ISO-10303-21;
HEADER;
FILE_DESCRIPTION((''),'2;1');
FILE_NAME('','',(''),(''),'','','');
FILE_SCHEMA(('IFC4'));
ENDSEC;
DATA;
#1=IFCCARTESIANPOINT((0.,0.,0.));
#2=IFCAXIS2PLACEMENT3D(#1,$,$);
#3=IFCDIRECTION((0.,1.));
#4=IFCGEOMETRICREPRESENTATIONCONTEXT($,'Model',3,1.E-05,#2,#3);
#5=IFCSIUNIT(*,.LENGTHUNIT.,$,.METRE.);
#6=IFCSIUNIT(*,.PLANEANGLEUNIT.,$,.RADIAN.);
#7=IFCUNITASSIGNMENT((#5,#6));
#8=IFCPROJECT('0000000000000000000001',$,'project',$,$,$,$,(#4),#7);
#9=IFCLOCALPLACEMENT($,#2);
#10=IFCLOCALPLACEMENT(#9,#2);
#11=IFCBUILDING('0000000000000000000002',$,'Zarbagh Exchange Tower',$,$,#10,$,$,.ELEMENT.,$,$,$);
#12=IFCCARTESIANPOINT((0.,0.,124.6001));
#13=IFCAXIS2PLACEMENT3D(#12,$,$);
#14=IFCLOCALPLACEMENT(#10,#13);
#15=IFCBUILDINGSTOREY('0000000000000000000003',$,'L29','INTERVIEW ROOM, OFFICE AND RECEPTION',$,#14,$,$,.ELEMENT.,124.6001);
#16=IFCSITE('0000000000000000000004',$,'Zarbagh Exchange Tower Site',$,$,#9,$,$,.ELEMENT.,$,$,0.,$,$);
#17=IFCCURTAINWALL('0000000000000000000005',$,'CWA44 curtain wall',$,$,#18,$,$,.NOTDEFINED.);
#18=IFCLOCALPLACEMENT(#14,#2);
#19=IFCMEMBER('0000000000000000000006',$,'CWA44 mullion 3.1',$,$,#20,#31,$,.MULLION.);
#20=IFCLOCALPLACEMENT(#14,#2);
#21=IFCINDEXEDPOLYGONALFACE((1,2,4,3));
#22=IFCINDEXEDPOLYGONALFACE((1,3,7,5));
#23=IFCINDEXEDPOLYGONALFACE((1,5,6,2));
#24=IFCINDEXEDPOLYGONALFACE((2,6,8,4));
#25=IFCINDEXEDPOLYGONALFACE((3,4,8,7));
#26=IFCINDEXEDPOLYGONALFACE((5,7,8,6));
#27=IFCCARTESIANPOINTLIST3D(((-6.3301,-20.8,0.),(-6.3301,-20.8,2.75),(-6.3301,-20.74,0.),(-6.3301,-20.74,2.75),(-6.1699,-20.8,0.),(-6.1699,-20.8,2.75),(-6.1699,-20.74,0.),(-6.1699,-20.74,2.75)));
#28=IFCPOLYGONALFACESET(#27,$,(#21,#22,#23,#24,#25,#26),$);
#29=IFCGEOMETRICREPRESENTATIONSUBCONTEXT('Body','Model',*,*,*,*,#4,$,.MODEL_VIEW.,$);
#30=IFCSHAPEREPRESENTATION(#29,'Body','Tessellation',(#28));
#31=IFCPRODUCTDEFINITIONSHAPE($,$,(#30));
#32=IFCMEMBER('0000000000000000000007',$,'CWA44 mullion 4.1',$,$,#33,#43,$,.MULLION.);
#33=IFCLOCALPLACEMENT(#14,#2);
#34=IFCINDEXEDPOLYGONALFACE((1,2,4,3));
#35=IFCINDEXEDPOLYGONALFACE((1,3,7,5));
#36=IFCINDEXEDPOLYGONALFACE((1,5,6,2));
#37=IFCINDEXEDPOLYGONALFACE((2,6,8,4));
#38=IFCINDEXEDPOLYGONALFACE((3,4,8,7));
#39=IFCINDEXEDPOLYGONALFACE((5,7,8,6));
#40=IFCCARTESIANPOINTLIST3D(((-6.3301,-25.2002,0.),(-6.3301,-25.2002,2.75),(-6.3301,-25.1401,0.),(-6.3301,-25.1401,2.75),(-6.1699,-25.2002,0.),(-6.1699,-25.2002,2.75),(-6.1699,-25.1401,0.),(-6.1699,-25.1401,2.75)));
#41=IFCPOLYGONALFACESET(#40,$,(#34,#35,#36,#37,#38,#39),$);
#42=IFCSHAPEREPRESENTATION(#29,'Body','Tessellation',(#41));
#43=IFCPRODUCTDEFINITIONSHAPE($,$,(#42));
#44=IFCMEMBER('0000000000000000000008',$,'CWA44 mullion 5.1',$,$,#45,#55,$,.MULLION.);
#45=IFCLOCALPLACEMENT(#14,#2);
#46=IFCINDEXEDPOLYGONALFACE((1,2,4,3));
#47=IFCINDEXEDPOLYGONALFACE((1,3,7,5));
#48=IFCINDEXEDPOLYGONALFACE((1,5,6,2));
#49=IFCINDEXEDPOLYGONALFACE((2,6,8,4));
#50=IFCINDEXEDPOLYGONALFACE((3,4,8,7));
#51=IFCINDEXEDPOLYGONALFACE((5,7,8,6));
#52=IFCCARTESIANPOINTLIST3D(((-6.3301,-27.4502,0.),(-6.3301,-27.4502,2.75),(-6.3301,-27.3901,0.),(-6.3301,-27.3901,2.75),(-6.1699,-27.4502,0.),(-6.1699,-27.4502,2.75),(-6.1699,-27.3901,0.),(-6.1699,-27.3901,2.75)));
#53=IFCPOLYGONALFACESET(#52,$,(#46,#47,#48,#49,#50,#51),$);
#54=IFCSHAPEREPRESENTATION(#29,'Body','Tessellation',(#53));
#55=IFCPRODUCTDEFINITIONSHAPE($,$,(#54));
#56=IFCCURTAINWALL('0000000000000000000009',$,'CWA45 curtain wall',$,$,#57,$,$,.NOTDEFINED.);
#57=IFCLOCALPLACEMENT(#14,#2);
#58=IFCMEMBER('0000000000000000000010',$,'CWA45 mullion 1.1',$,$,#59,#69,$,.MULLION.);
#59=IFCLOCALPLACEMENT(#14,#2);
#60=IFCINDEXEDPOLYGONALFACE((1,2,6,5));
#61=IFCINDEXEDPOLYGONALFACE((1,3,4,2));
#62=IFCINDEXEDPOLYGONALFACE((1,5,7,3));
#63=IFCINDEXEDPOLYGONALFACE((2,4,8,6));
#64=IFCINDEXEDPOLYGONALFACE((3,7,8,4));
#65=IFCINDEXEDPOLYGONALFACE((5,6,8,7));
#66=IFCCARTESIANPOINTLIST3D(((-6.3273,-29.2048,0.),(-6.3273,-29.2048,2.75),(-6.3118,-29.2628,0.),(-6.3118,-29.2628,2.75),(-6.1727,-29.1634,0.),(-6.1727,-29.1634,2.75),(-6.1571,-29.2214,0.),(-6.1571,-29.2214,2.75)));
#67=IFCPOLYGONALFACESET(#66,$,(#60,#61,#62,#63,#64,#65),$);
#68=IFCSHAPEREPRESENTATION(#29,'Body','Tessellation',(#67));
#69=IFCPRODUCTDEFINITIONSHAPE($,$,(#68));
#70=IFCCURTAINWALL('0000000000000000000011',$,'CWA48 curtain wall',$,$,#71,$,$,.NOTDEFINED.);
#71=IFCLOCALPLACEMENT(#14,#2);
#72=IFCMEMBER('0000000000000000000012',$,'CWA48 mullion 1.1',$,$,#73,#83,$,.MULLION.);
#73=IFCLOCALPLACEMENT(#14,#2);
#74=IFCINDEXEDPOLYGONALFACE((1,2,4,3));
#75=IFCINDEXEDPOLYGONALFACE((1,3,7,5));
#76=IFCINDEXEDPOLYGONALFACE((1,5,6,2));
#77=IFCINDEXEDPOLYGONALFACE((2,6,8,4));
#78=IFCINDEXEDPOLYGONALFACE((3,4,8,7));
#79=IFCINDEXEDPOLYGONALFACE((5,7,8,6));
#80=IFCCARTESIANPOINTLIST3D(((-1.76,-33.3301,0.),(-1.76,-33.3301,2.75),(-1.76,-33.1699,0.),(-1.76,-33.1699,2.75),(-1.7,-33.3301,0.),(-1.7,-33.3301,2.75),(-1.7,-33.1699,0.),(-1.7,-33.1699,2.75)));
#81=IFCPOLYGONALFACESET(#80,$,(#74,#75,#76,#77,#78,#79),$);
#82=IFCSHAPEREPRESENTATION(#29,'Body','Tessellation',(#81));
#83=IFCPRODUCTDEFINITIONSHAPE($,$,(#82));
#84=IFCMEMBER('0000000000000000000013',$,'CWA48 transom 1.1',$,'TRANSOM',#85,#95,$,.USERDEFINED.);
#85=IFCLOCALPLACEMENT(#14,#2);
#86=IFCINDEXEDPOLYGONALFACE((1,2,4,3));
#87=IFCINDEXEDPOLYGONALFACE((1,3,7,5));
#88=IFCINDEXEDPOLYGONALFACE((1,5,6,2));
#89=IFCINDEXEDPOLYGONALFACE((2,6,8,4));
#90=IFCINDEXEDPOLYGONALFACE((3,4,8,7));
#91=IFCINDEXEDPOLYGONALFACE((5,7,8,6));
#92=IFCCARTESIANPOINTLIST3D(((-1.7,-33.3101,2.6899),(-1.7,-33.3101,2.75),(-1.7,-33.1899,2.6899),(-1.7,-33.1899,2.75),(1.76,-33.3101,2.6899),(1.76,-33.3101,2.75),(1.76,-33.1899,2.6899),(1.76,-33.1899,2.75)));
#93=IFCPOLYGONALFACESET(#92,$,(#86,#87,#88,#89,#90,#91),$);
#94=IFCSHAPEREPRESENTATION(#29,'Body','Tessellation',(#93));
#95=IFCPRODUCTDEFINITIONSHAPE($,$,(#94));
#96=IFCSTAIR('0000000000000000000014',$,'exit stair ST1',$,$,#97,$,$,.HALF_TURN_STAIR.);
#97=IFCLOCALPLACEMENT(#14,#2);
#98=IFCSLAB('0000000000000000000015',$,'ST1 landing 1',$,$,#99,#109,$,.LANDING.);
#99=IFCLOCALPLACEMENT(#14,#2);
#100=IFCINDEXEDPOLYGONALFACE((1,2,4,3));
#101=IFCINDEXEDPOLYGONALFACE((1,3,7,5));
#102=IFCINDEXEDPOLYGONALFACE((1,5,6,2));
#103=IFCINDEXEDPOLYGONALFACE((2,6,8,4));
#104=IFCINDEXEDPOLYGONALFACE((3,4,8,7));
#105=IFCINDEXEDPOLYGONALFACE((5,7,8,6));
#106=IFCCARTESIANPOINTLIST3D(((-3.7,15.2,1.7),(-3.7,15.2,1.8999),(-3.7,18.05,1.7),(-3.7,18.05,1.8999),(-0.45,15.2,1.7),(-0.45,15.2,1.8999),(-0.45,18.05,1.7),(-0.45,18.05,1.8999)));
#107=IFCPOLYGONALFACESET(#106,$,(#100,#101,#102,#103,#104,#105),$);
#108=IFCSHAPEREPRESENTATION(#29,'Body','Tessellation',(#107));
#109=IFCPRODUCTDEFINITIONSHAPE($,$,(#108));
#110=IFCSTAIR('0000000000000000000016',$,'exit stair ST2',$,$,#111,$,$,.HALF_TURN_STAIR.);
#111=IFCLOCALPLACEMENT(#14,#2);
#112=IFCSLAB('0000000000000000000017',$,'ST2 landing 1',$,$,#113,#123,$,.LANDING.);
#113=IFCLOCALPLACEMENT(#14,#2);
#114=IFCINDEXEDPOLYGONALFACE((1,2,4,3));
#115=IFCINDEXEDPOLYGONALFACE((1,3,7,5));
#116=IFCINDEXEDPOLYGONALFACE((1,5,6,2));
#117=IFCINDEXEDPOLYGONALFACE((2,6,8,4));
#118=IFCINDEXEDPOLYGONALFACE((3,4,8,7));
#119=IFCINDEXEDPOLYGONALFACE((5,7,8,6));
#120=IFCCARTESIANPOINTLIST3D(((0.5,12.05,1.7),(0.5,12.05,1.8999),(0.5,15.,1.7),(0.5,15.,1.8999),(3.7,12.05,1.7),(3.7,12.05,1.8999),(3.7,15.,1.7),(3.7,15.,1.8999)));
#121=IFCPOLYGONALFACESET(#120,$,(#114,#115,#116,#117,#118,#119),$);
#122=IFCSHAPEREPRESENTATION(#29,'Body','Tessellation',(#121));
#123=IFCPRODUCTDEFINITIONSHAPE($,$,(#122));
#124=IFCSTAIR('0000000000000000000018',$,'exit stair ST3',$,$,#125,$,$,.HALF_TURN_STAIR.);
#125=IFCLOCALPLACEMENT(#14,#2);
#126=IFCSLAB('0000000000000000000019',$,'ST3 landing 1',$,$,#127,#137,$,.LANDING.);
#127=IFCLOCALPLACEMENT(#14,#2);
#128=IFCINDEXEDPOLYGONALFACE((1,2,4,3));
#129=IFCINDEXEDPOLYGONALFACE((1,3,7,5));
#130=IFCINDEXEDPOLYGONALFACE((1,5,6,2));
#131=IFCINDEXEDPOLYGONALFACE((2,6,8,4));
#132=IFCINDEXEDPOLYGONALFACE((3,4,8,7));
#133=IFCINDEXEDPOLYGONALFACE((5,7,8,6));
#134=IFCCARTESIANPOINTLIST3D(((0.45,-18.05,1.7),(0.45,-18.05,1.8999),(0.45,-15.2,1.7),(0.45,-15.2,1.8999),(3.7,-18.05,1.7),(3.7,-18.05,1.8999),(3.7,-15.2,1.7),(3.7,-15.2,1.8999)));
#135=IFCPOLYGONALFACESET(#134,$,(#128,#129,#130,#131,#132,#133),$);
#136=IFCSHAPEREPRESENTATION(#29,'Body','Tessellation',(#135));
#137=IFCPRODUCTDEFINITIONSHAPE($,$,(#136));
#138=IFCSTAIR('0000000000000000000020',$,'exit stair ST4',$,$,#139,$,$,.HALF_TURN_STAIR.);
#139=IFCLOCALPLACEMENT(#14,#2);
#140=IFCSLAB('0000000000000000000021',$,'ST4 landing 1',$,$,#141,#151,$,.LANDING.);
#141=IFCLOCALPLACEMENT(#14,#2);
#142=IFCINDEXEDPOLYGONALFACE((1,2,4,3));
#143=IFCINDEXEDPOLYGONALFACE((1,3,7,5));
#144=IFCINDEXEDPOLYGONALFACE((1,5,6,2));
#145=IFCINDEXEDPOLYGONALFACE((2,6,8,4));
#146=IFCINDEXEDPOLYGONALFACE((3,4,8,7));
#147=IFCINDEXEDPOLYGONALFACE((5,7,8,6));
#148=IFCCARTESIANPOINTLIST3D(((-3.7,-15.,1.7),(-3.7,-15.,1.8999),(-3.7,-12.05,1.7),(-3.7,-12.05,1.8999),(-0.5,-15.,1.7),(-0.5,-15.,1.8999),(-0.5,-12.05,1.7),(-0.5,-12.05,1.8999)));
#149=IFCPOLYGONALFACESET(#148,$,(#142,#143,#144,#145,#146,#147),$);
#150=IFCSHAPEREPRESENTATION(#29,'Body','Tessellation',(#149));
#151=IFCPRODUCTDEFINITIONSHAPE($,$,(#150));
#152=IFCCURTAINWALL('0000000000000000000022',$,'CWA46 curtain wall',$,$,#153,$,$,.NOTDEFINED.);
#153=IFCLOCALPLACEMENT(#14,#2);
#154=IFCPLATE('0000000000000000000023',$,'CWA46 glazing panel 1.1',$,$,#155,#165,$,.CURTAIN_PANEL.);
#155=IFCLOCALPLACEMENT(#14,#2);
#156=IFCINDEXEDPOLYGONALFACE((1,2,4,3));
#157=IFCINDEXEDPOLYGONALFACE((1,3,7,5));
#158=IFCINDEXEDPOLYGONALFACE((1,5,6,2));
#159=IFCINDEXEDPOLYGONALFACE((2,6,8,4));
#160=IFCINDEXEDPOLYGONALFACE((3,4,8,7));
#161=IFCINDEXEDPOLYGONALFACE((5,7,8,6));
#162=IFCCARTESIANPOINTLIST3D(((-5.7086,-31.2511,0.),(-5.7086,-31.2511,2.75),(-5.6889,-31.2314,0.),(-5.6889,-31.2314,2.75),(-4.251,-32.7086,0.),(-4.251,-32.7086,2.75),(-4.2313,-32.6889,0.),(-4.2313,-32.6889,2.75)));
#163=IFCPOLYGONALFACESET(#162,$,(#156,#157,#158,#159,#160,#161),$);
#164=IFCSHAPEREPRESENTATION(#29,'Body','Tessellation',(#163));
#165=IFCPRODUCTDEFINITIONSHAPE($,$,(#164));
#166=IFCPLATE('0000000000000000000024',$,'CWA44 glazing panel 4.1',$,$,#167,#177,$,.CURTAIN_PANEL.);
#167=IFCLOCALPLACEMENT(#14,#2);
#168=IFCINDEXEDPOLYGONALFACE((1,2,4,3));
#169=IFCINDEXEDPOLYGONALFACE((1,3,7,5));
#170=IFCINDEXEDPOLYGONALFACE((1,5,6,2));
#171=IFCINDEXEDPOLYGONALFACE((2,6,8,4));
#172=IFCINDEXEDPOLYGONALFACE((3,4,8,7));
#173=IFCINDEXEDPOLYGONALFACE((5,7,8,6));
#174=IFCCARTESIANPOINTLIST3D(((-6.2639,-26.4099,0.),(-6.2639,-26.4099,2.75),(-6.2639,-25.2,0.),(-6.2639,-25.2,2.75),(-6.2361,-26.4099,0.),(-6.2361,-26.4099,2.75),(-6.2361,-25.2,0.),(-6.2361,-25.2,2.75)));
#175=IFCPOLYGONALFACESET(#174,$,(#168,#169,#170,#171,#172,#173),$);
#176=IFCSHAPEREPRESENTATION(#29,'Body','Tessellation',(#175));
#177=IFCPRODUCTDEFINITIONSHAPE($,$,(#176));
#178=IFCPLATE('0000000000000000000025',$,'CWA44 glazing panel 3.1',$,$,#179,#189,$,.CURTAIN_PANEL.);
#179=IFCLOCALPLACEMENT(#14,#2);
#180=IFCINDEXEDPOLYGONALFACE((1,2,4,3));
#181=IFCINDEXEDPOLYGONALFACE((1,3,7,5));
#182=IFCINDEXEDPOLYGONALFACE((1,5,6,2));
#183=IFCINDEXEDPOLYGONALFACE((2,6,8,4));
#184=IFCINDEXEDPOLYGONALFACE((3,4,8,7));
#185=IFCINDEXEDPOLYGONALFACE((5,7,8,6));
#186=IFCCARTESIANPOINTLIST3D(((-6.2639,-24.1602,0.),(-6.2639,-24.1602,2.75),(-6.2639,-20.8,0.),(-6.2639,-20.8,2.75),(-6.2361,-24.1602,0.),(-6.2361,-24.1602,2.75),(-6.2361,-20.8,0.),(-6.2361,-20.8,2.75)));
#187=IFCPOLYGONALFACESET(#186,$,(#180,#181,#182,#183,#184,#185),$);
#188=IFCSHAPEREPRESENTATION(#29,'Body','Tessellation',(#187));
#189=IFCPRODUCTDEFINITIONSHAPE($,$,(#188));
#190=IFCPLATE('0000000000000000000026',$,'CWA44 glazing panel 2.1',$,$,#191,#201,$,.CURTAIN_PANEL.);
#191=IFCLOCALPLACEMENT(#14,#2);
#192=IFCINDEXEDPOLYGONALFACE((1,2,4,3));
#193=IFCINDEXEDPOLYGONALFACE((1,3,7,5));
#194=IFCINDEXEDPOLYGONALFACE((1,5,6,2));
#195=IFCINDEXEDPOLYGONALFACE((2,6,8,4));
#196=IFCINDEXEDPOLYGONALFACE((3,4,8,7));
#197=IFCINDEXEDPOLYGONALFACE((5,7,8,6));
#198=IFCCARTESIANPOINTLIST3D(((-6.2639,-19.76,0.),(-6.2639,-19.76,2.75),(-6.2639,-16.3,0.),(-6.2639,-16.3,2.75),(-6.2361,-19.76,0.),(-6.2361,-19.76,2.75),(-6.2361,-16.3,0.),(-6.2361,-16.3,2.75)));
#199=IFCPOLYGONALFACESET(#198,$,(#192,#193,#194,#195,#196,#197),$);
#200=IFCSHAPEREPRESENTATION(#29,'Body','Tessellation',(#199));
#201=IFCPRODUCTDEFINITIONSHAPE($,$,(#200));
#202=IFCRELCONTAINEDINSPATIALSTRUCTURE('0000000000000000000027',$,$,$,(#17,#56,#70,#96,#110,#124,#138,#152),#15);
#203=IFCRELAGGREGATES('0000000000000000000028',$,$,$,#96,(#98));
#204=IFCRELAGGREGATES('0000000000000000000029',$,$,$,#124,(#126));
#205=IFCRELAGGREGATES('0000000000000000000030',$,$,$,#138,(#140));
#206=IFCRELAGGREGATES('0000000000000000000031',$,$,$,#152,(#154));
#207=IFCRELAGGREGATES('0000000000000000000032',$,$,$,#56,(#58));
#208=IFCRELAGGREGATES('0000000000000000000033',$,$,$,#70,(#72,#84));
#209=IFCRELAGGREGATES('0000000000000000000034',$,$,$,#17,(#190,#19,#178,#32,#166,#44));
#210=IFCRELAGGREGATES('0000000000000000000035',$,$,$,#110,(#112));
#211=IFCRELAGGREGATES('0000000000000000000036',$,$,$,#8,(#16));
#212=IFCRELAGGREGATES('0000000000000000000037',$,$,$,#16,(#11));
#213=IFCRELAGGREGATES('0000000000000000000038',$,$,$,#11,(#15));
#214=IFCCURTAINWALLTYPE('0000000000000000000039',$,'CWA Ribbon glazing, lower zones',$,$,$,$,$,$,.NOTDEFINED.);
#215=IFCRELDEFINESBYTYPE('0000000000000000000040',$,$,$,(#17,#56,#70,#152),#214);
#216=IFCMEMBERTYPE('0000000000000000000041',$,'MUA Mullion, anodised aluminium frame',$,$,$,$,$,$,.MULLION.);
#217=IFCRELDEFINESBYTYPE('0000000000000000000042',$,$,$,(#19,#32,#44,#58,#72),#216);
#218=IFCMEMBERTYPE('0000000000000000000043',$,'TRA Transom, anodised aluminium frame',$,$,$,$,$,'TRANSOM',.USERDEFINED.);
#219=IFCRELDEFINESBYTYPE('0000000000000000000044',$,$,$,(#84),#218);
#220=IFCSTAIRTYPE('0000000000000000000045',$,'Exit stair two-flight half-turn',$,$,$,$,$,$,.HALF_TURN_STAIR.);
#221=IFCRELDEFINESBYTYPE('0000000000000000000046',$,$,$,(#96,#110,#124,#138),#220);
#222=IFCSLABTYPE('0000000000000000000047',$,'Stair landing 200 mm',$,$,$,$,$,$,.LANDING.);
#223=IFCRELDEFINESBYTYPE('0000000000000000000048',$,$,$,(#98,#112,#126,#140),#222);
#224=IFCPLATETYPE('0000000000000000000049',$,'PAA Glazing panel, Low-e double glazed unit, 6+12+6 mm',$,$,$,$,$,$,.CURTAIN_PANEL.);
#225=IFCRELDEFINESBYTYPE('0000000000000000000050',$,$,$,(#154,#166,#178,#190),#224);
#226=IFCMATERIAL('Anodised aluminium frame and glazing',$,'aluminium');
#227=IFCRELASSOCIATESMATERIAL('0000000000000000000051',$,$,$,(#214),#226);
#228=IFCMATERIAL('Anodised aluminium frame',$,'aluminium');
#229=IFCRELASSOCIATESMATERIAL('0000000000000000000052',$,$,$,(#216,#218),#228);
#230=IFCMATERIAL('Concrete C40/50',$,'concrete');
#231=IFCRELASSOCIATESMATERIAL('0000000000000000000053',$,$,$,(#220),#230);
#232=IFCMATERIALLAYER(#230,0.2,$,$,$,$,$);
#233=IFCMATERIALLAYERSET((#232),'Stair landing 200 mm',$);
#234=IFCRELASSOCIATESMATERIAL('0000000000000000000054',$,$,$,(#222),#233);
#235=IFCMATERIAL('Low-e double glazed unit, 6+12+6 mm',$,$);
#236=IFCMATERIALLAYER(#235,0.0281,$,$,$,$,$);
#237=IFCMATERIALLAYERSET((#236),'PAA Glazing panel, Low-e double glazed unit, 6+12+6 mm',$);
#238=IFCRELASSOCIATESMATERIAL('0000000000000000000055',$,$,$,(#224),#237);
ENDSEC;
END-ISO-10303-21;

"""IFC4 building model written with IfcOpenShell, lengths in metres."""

from ifc_helpers import new_model, si_unit, direction, frame, origin, place, context, subcontext, project, spatial, polyline, outline, extrude, source, transform, mapped, material, layer, layer_set, type_object, element, aggregate, save


model = new_model("IFC4")

# Units and contexts
model_context = context("Model", 3, precision=1e-05, world=origin(), true_north=direction((0.0, 1.0)))
body_context = subcontext(model_context, "Body", "Model", "MODEL_VIEW")
ifc_project = project(units=[si_unit("LENGTHUNIT", "METRE"), si_unit("PLANEANGLEUNIT", "RADIAN")], contexts=[model_context])

# Site, building, storey
site_placement = place(None, origin())
site = spatial("IfcSite", under=ifc_project, at=site_placement, Name="Zarbagh Exchange Tower Site", CompositionType="ELEMENT", RefElevation=0.0)
building_placement = place(site_placement, origin())
building = spatial("IfcBuilding", under=site, at=building_placement, Name="Zarbagh Exchange Tower", CompositionType="ELEMENT")
storey_placement = place(building_placement, frame((0.0, 0.0, 124.6001)))
storey = spatial("IfcBuildingStorey", under=building, at=storey_placement, Name="L29", Description="INTERVIEW ROOM, OFFICE AND RECEPTION", CompositionType="ELEMENT", Elevation=124.6001)

# Curtain wall, members
ifc_material_1 = material(Name="Anodised aluminium frame and glazing", Category="aluminium")
curtain_wall_type = type_object("IfcCurtainWallType", Name="CWA Ribbon glazing, lower zones", PredefinedType="NOTDEFINED", material=ifc_material_1)
curtain_wall_1_placement = place(storey_placement, origin())
curtain_wall_1 = element("IfcCurtainWall", 1, at=curtain_wall_1_placement, inside=storey, type_object=curtain_wall_type, Name="CWA44 curtain wall", PredefinedType="NOTDEFINED")
ifc_material_2 = material(Name="Anodised aluminium frame", Category="aluminium")
member_type_1 = type_object("IfcMemberType", Name="MUA Mullion, anodised aluminium frame", PredefinedType="MULLION", material=ifc_material_2)
shared_shape_1 = source(origin(), body_context, "Body", "SweptSolid", [
    extrude(outline(polyline([(0.0, -0.0801), (0.0601, -0.0801), (0.0601, 0.0801), (0.0, 0.0801), (0.0, -0.0801)])), origin(), (0.0, 0.0, 1.0), 2.75),
])
placement = place(storey_placement, origin())
member_1 = element("IfcMember", 2, at=placement, type_object=member_type_1, Name="CWA44 mullion 3.1", PredefinedType="MULLION", context=body_context, shape_type="MappedRepresentation", body=[
    mapped(shared_shape_1, transform((-6.25, -20.74, 0.0), x_axis=(0.0, -1.0, 0.0), y_axis=(1.0, 0.0, 0.0), z_axis=(0.0, 0.0, 1.0))),
])
member_2 = element("IfcMember", 3, at=placement, type_object=member_type_1, Name="CWA44 mullion 4.1", PredefinedType="MULLION", context=body_context, shape_type="MappedRepresentation", body=[
    mapped(shared_shape_1, transform((-6.25, -25.1401, 0.0), x_axis=(0.0, -1.0, 0.0), y_axis=(1.0, 0.0, 0.0), z_axis=(0.0, 0.0, 1.0))),
])
member_3 = element("IfcMember", 4, at=placement, type_object=member_type_1, Name="CWA44 mullion 5.1", PredefinedType="MULLION", context=body_context, shape_type="MappedRepresentation", body=[
    mapped(shared_shape_1, transform((-6.25, -27.3901, 0.0), x_axis=(0.0, -1.0, 0.0), y_axis=(1.0, 0.0, 0.0), z_axis=(0.0, 0.0, 1.0))),
])

# Curtain wall, member
curtain_wall_2_placement = place(storey_placement, origin())
curtain_wall_2 = element("IfcCurtainWall", 5, at=curtain_wall_2_placement, inside=storey, type_object=curtain_wall_type, Name="CWA45 curtain wall", PredefinedType="NOTDEFINED")
member_4 = element("IfcMember", 6, at=placement, type_object=member_type_1, Name="CWA45 mullion 1.1", PredefinedType="MULLION", context=body_context, shape_type="MappedRepresentation", body=[
    mapped(shared_shape_1, transform((-6.25, -29.1841, 0.0), x_axis=(0.258825, -0.965924, 0.0), y_axis=(0.965924, 0.258825, 0.0), z_axis=(0.0, 0.0, 1.0))),
])

# Curtain wall, members
curtain_wall_3_placement = place(storey_placement, origin())
curtain_wall_3 = element("IfcCurtainWall", 7, at=curtain_wall_3_placement, inside=storey, type_object=curtain_wall_type, Name="CWA48 curtain wall", PredefinedType="NOTDEFINED")
member_5 = element("IfcMember", 8, at=placement, type_object=member_type_1, Name="CWA48 mullion 1.1", PredefinedType="MULLION", context=body_context, shape_type="MappedRepresentation", body=[
    mapped(shared_shape_1, transform((-1.76, -33.25, 0.0), x_axis=(1.0, 0.0, 0.0), y_axis=(0.0, 1.0, 0.0), z_axis=(0.0, 0.0, 1.0))),
])
member_type_2 = type_object("IfcMemberType", Name="TRA Transom, anodised aluminium frame", ElementType="TRANSOM", PredefinedType="USERDEFINED", material=ifc_material_2)
shared_shape_2 = source(origin(), body_context, "Body", "SweptSolid", [
    extrude(outline(polyline([(-0.0601, -0.0601), (0.0, -0.0601), (0.0, 0.0601), (-0.0601, 0.0601), (-0.0601, -0.0601)])), origin(), (0.0, 0.0, 1.0), 3.46),
])
member_6 = element("IfcMember", 9, at=placement, type_object=member_type_2, Name="CWA48 transom 1.1", ObjectType="TRANSOM", PredefinedType="USERDEFINED", context=body_context, shape_type="MappedRepresentation", body=[
    mapped(shared_shape_2, transform((-1.7, -33.25, 2.75), x_axis=(0.0, 0.0, 1.0), y_axis=(0.0, -1.0, 0.0), z_axis=(1.0, 0.0, 0.0))),
])

# Stairs, slabs
ifc_material_3 = material(Name="Concrete C40/50", Category="concrete")
stair_type = type_object("IfcStairType", Name="Exit stair two-flight half-turn", PredefinedType="HALF_TURN_STAIR", material=ifc_material_3)
stair_1_placement = place(storey_placement, origin())
stair_1 = element("IfcStair", 10, at=stair_1_placement, inside=storey, type_object=stair_type, Name="exit stair ST1", PredefinedType="HALF_TURN_STAIR")
ifc_layer_1 = layer(ifc_material_3, 0.2)
ifc_layer_set_1 = layer_set([ifc_layer_1], Name="Stair landing 200 mm")
slab_type = type_object("IfcSlabType", Name="Stair landing 200 mm", PredefinedType="LANDING", material=ifc_layer_set_1)
slab_1_placement = place(storey_placement, frame((0.0, 0.0, 1.7)))
slab_1 = element("IfcSlab", 11, at=slab_1_placement, type_object=slab_type, Name="ST1 landing 1", PredefinedType="LANDING", context=body_context, shape_type="SweptSolid", body=[
    extrude(outline(polyline([(-0.45, 18.05), (-3.7, 18.05), (-3.7, 15.2), (-0.45, 15.2), (-0.45, 18.05)])), origin(), (0.0, 0.0, 1.0), 0.2),
])
aggregate(stair_1, [slab_1])
stair_2_placement = place(storey_placement, origin())
stair_2 = element("IfcStair", 12, at=stair_2_placement, inside=storey, type_object=stair_type, Name="exit stair ST2", PredefinedType="HALF_TURN_STAIR")
slab_2_placement = place(storey_placement, frame((0.0, 0.0, 1.7)))
slab_2 = element("IfcSlab", 13, at=slab_2_placement, type_object=slab_type, Name="ST2 landing 1", PredefinedType="LANDING", context=body_context, shape_type="SweptSolid", body=[
    extrude(outline(polyline([(0.5, 12.05), (3.7, 12.05), (3.7, 15.0), (0.5, 15.0), (0.5, 12.05)])), origin(), (0.0, 0.0, 1.0), 0.2),
])
stair_3_placement = place(storey_placement, origin())
stair_3 = element("IfcStair", 14, at=stair_3_placement, inside=storey, type_object=stair_type, Name="exit stair ST3", PredefinedType="HALF_TURN_STAIR")
slab_3_placement = place(storey_placement, frame((0.0, 0.0, 1.7)))
slab_3 = element("IfcSlab", 15, at=slab_3_placement, type_object=slab_type, Name="ST3 landing 1", PredefinedType="LANDING", context=body_context, shape_type="SweptSolid", body=[
    extrude(outline(polyline([(0.45, -18.05), (3.7, -18.05), (3.7, -15.2), (0.45, -15.2), (0.45, -18.05)])), origin(), (0.0, 0.0, 1.0), 0.2),
])
aggregate(stair_3, [slab_3])
stair_4_placement = place(storey_placement, origin())
stair_4 = element("IfcStair", 16, at=stair_4_placement, inside=storey, type_object=stair_type, Name="exit stair ST4", PredefinedType="HALF_TURN_STAIR")
slab_4_placement = place(storey_placement, frame((0.0, 0.0, 1.7)))
slab_4 = element("IfcSlab", 17, at=slab_4_placement, type_object=slab_type, Name="ST4 landing 1", PredefinedType="LANDING", context=body_context, shape_type="SweptSolid", body=[
    extrude(outline(polyline([(-0.5, -12.05), (-3.7, -12.05), (-3.7, -15.0), (-0.5, -15.0), (-0.5, -12.05)])), origin(), (0.0, 0.0, 1.0), 0.2),
])
aggregate(stair_4, [slab_4])

# Curtain wall, plate
curtain_wall_4_placement = place(storey_placement, origin())
curtain_wall_4 = element("IfcCurtainWall", 18, at=curtain_wall_4_placement, inside=storey, type_object=curtain_wall_type, Name="CWA46 curtain wall", PredefinedType="NOTDEFINED")
ifc_material_4 = material(Name="Low-e double glazed unit, 6+12+6 mm")
ifc_layer_2 = layer(ifc_material_4, 0.0281)
ifc_layer_set_2 = layer_set([ifc_layer_2], Name="PAA Glazing panel, Low-e double glazed unit, 6+12+6 mm")
plate_type = type_object("IfcPlateType", Name="PAA Glazing panel, Low-e double glazed unit, 6+12+6 mm", PredefinedType="CURTAIN_PANEL", material=ifc_layer_set_2)
shared_shape_3 = source(origin(), body_context, "Body", "SweptSolid", [
    extrude(outline(polyline([(0.0, -0.0139), (2.0613, -0.0139), (2.0613, 0.0139), (0.0, 0.0139), (0.0, -0.0139)])), origin(), (0.0, 0.0, 1.0), 2.75),
])
plate_1 = element("IfcPlate", 19, at=placement, type_object=plate_type, Name="CWA46 glazing panel 1.1", PredefinedType="CURTAIN_PANEL", context=body_context, shape_type="MappedRepresentation", body=[
    mapped(shared_shape_3, transform((-5.6987, -31.2412, 0.0), x_axis=(0.707107, -0.707107, 0.0), y_axis=(0.707107, 0.707107, 0.0), z_axis=(0.0, 0.0, 1.0))),
])
aggregate(curtain_wall_4, [plate_1])

# Plates
shared_shape_4 = source(origin(), body_context, "Body", "SweptSolid", [
    extrude(outline(polyline([(0.0, -0.0139), (1.21, -0.0139), (1.21, 0.0139), (0.0, 0.0139), (0.0, -0.0139)])), origin(), (0.0, 0.0, 1.0), 2.75),
])
plate_2 = element("IfcPlate", 20, at=placement, type_object=plate_type, Name="CWA44 glazing panel 4.1", PredefinedType="CURTAIN_PANEL", context=body_context, shape_type="MappedRepresentation", body=[
    mapped(shared_shape_4, transform((-6.25, -25.2, 0.0), x_axis=(0.0, -1.0, 0.0), y_axis=(1.0, 0.0, 0.0), z_axis=(0.0, 0.0, 1.0))),
])
shared_shape_5 = source(origin(), body_context, "Body", "SweptSolid", [
    extrude(outline(polyline([(0.0, -0.0139), (3.3601, -0.0139), (3.3601, 0.0139), (0.0, 0.0139), (0.0, -0.0139)])), origin(), (0.0, 0.0, 1.0), 2.75),
])
plate_3 = element("IfcPlate", 21, at=placement, type_object=plate_type, Name="CWA44 glazing panel 3.1", PredefinedType="CURTAIN_PANEL", context=body_context, shape_type="MappedRepresentation", body=[
    mapped(shared_shape_5, transform((-6.25, -20.8, 0.0), x_axis=(0.0, -1.0, 0.0), y_axis=(1.0, 0.0, 0.0), z_axis=(0.0, 0.0, 1.0))),
])
shared_shape_6 = source(origin(), body_context, "Body", "SweptSolid", [
    extrude(outline(polyline([(0.0, -0.0139), (3.46, -0.0139), (3.46, 0.0139), (0.0, 0.0139), (0.0, -0.0139)])), origin(), (0.0, 0.0, 1.0), 2.75),
])
plate_4 = element("IfcPlate", 22, at=placement, type_object=plate_type, Name="CWA44 glazing panel 2.1", PredefinedType="CURTAIN_PANEL", context=body_context, shape_type="MappedRepresentation", body=[
    mapped(shared_shape_6, transform((-6.25, -16.3, 0.0), x_axis=(0.0, -1.0, 0.0), y_axis=(1.0, 0.0, 0.0), z_axis=(0.0, 0.0, 1.0))),
])
aggregate(curtain_wall_2, [member_4])

aggregate(curtain_wall_3, [member_5, member_6])
aggregate(curtain_wall_1, [plate_4, member_1, plate_3, member_2, plate_2, member_3])

aggregate(stair_2, [slab_2])

save(model, "model.ifc")
